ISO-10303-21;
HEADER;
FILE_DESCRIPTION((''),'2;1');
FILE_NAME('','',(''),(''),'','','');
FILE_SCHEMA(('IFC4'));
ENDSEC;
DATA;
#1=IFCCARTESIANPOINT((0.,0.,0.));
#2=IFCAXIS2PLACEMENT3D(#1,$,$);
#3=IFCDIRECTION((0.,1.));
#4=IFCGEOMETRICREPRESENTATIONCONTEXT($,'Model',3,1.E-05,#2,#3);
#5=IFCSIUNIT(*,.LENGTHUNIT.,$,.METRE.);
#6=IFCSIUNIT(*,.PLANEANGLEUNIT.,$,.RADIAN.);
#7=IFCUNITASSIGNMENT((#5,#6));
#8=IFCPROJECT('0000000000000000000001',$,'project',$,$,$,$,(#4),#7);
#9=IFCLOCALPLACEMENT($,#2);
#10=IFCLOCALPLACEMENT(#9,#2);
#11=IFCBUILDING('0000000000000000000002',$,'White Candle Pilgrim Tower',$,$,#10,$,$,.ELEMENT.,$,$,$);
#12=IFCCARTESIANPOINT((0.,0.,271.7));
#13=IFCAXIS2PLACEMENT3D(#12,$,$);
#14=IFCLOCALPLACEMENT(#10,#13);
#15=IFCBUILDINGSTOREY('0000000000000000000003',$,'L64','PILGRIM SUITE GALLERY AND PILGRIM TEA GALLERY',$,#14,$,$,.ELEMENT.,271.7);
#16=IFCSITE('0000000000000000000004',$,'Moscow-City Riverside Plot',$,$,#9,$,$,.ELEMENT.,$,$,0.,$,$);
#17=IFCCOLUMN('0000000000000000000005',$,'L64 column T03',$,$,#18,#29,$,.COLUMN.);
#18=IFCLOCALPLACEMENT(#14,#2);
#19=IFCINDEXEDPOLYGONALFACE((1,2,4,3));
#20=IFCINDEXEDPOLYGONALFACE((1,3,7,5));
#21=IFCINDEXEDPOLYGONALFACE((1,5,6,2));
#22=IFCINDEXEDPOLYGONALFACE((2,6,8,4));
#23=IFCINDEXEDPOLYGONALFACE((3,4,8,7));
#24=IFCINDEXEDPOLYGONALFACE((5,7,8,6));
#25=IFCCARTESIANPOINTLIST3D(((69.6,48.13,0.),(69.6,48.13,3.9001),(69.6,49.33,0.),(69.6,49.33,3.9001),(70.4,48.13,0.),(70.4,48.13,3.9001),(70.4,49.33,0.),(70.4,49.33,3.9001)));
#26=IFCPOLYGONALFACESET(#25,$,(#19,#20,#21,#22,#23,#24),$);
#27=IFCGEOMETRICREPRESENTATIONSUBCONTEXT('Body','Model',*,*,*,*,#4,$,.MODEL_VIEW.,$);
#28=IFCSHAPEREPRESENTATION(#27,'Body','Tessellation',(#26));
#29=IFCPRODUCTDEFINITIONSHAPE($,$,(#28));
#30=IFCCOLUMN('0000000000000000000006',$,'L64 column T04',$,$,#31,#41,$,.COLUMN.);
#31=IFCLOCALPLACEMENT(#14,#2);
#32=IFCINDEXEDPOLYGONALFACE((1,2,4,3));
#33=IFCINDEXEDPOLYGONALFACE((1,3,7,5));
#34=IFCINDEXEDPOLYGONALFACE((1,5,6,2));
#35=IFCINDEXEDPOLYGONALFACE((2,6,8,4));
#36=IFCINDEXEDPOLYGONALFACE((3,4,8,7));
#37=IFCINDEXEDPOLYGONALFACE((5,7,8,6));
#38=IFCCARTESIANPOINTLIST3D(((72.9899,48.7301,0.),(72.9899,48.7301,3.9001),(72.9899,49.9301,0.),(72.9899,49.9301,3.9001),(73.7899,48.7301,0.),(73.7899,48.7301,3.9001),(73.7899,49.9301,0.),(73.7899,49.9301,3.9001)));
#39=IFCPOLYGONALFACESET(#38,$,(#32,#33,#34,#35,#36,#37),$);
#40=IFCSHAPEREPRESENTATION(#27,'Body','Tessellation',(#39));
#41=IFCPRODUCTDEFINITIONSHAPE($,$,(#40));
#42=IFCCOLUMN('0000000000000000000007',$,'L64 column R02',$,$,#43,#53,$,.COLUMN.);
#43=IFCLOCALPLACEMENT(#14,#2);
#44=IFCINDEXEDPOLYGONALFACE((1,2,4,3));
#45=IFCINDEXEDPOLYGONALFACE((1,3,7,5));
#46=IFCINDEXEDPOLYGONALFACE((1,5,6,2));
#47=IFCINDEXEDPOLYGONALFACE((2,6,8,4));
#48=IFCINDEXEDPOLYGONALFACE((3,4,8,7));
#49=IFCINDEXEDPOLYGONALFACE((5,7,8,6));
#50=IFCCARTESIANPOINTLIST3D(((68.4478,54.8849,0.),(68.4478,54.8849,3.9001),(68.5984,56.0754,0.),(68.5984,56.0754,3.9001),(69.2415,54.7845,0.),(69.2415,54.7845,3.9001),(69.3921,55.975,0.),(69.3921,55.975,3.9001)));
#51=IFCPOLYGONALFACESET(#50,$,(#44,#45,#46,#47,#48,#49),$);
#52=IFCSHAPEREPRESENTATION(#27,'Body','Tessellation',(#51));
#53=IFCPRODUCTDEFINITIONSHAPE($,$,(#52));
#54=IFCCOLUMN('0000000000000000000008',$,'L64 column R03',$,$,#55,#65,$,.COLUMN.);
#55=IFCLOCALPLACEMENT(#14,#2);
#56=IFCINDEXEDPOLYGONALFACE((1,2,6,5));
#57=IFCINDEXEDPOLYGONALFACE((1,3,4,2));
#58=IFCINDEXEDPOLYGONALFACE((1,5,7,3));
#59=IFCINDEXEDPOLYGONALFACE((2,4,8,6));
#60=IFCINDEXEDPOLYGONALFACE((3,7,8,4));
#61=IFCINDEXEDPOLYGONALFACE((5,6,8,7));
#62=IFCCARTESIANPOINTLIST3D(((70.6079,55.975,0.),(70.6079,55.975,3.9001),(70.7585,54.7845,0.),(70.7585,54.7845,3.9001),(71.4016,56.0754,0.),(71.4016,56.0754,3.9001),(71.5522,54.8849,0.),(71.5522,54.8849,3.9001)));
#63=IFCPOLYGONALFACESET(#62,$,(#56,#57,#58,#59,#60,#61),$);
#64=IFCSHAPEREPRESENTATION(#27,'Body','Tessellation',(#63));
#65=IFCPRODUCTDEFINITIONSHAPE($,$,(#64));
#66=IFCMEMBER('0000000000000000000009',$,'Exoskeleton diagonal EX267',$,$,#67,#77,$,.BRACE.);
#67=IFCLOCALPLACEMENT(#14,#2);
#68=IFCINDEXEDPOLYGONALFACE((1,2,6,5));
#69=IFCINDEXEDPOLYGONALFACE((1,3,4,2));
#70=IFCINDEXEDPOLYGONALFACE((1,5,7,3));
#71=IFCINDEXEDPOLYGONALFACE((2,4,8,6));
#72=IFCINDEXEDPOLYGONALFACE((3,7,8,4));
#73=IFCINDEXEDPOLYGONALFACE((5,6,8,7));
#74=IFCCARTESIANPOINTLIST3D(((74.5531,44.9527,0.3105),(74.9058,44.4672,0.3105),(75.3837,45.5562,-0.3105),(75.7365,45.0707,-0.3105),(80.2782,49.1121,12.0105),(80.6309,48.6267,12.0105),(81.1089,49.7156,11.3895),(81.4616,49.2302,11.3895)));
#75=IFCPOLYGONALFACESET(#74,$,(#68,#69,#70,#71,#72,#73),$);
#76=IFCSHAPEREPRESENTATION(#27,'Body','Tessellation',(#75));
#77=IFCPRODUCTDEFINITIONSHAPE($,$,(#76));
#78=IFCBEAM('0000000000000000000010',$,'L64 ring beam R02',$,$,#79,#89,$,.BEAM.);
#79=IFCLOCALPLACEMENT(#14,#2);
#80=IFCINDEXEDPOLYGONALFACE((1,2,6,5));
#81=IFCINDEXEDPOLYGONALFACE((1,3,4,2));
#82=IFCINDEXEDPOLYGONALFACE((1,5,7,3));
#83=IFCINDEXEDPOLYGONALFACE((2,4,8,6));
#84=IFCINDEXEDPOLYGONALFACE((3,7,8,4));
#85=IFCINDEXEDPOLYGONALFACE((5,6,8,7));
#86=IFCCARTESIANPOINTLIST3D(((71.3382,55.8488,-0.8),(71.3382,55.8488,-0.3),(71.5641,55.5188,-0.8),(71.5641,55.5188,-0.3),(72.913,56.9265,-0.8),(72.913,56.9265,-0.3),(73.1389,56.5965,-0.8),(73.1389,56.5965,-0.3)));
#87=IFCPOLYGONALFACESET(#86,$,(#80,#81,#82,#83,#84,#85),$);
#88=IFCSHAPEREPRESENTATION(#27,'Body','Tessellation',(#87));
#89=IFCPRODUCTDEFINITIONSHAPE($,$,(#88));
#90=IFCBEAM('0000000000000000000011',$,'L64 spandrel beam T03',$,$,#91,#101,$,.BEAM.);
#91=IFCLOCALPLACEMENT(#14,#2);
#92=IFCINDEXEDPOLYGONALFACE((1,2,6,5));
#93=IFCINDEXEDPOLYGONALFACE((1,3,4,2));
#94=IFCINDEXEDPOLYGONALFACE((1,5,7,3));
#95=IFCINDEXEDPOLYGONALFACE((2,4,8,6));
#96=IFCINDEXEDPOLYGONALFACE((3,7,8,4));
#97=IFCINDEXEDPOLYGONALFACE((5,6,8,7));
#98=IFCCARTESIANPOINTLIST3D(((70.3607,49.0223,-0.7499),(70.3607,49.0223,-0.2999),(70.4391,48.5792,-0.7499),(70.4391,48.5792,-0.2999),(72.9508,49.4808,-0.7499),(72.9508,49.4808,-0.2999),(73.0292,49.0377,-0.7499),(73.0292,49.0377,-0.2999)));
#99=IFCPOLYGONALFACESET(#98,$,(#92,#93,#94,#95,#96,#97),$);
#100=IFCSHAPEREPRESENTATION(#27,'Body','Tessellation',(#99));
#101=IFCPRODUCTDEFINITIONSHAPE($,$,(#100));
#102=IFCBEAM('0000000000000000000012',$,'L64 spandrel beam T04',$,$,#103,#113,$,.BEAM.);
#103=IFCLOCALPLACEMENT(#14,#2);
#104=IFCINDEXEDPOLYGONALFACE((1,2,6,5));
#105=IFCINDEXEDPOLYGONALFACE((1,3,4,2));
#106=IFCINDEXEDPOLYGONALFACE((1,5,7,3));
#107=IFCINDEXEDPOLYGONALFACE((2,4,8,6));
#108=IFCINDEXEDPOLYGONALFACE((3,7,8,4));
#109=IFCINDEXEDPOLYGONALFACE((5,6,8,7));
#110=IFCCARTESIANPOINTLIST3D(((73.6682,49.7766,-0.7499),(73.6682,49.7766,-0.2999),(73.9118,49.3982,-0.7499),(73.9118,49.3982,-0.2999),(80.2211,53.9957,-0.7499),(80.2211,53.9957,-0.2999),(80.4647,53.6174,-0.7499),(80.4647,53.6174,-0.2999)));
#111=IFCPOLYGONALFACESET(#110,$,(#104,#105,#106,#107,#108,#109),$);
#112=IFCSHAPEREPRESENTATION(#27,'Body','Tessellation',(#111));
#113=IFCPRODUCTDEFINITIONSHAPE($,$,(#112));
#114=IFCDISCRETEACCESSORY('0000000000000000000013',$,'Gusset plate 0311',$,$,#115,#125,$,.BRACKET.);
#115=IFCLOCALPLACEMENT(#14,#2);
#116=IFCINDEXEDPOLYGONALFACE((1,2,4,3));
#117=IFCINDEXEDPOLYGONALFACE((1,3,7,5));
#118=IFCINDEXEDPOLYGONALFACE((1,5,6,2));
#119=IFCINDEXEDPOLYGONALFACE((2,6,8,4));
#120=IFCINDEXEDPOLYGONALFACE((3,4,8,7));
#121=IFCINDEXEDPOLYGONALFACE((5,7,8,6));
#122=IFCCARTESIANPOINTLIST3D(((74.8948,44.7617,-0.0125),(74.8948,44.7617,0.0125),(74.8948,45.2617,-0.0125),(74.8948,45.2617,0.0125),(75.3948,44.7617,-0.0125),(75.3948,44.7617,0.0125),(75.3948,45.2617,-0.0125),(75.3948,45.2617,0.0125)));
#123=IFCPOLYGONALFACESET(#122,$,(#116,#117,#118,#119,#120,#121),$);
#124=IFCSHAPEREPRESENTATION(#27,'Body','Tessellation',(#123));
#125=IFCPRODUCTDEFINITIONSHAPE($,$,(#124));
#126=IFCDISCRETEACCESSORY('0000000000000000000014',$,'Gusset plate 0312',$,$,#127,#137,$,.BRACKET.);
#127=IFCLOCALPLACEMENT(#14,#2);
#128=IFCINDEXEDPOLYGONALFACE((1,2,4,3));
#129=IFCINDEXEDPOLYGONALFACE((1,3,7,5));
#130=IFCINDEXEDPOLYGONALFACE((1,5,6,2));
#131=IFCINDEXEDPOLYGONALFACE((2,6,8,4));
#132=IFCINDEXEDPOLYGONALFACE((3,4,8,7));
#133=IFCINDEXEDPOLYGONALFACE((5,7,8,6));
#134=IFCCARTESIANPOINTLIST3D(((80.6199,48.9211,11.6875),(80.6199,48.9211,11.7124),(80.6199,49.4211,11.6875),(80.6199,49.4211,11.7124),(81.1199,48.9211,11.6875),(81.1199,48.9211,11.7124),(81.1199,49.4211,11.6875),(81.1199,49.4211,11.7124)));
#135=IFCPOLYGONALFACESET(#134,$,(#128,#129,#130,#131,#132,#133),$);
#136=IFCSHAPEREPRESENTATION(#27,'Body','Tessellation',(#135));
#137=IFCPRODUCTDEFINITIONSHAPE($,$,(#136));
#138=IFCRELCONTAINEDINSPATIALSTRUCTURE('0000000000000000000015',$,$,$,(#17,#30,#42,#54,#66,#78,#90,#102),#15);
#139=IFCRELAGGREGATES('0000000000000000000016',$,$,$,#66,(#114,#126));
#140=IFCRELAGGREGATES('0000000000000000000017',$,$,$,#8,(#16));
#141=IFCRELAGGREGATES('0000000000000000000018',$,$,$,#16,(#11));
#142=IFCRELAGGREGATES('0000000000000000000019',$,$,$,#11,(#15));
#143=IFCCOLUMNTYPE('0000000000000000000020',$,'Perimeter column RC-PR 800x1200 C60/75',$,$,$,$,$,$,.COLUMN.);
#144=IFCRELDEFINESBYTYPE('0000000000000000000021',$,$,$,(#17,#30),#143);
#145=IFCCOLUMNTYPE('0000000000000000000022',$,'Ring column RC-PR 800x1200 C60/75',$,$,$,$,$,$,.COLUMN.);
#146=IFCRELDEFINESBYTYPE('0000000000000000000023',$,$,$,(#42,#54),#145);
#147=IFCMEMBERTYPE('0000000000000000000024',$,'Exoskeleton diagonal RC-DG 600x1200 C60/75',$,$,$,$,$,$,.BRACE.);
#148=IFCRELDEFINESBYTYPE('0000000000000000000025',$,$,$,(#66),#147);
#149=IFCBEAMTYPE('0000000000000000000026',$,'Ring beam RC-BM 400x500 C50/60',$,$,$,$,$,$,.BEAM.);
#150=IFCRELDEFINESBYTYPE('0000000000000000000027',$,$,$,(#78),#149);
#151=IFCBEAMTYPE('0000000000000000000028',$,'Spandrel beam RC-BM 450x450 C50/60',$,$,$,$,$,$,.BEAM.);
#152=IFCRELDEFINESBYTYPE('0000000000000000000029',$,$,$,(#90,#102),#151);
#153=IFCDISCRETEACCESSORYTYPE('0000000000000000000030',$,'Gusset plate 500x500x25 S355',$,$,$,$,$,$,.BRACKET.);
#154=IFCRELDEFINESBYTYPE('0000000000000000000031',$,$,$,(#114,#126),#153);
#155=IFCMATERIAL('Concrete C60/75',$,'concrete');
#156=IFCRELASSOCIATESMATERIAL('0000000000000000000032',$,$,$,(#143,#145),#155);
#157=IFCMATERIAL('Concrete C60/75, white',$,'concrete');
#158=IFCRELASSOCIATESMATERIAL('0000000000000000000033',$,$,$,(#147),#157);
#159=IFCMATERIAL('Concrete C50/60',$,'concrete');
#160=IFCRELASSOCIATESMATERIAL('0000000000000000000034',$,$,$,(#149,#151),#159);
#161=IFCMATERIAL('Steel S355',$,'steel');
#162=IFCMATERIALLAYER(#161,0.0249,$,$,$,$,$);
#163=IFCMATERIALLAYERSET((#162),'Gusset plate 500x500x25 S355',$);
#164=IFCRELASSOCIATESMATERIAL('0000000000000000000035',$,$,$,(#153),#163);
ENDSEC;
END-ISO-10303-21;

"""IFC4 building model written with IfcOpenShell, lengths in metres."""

from ifc_helpers import new_model, si_unit, direction, frame, origin, origin_2d, place, context, subcontext, project, spatial, rectangle, extrude, material, layer, layer_set, material_profile, profile_set, type_object, element, aggregate, save


model = new_model("IFC4")

# Units and contexts
model_context = context("Model", 3, precision=1e-05, world=origin(), true_north=direction((0.0, 1.0)))
body_context = subcontext(model_context, "Body", "Model", "MODEL_VIEW")
ifc_project = project(units=[si_unit("LENGTHUNIT", "METRE"), si_unit("PLANEANGLEUNIT", "RADIAN")], contexts=[model_context])

# Site, building, storey
site_placement = place(None, origin())
site = spatial("IfcSite", under=ifc_project, at=site_placement, Name="Moscow-City Riverside Plot", CompositionType="ELEMENT", RefElevation=0.0)
building_placement = place(site_placement, origin())
building = spatial("IfcBuilding", under=site, at=building_placement, Name="White Candle Pilgrim Tower", CompositionType="ELEMENT")
storey_placement = place(building_placement, frame((0.0, 0.0, 271.7)))
storey = spatial("IfcBuildingStorey", under=building, at=storey_placement, Name="L64", Description="PILGRIM SUITE GALLERY AND PILGRIM TEA GALLERY", CompositionType="ELEMENT", Elevation=271.7)

# Columns
ifc_material_1 = material(Name="Concrete C60/75", Category="concrete")
ifc_material_profile_1 = material_profile(ifc_material_1, rectangle(XDim=0.8, YDim=1.2, at=origin_2d()), Name="RC-PR 800x1200")
ifc_profile_set_1 = profile_set([ifc_material_profile_1], Name="Concrete C60/75")
column_type_1 = type_object("IfcColumnType", Name="Perimeter column RC-PR 800x1200 C60/75", PredefinedType="COLUMN", material=ifc_profile_set_1)
for number, where, z_axis, x_axis, name in (
    (1, (70.0, 48.73, 0.0), (0.0, 0.0, 1.0), (-1.0, 0.0, 0.0), "L64 column T03"),
    (2, (73.3899, 49.3301, 0.0), (0.0, 0.0, 1.0), (-1.0, 0.0, 0.0), "L64 column T04"),
):
    element("IfcColumn", number, at=place(storey_placement, frame(where, z_axis=z_axis, x_axis=x_axis)), inside=storey, type_object=column_type_1, Name=name, PredefinedType="COLUMN", context=body_context, shape_type="SweptSolid", body=[
        extrude(rectangle(XDim=0.8, YDim=1.2, at=origin_2d()), origin(), (0.0, 0.0, 1.0), 3.9001),
    ])
ifc_material_profile_2 = material_profile(ifc_material_1, rectangle(XDim=0.8, YDim=1.2, at=origin_2d()), Name="RC-PR 800x1200")
ifc_profile_set_2 = profile_set([ifc_material_profile_2], Name="Concrete C60/75")
column_type_2 = type_object("IfcColumnType", Name="Ring column RC-PR 800x1200 C60/75", PredefinedType="COLUMN", material=ifc_profile_set_2)
for number, where, z_axis, x_axis, name in (
    (3, (68.9199, 55.4299, 0.0), (0.0, 0.0, 1.0), (-0.992093, 0.125506, 0.0), "L64 column R02"),
    (4, (71.0801, 55.4299, 0.0), (0.0, 0.0, 1.0), (-0.992093, -0.125506, 0.0), "L64 column R03"),
):
    element("IfcColumn", number, at=place(storey_placement, frame(where, z_axis=z_axis, x_axis=x_axis)), inside=storey, type_object=column_type_2, Name=name, PredefinedType="COLUMN", context=body_context, shape_type="SweptSolid", body=[
        extrude(rectangle(XDim=0.8, YDim=1.2, at=origin_2d()), origin(), (0.0, 0.0, 1.0), 3.9001),
    ])

# Member
ifc_material_2 = material(Name="Concrete C60/75, white", Category="concrete")
ifc_material_profile_3 = material_profile(ifc_material_2, rectangle(XDim=0.6001, YDim=1.2, at=origin_2d()), Name="RC-DG 600x1200")
ifc_profile_set_3 = profile_set([ifc_material_profile_3], Name="Concrete C60/75, white")
member_type = type_object("IfcMemberType", Name="Exoskeleton diagonal RC-DG 600x1200 C60/75", PredefinedType="BRACE", material=ifc_profile_set_3)
member_placement = place(storey_placement, frame((75.1448, 45.0117, 0.0), z_axis=(0.418698, 0.304195, 0.855662), x_axis=(-0.587776, 0.809024, 0.0)))
member = element("IfcMember", 5, at=member_placement, inside=storey, type_object=member_type, Name="Exoskeleton diagonal EX267", PredefinedType="BRACE", context=body_context, shape_type="SweptSolid", body=[
    extrude(rectangle(XDim=0.6001, YDim=1.2, at=origin_2d()), origin(), (0.0, 0.0, 1.0), 13.6736),
])

# Beams
ifc_material_3 = material(Name="Concrete C50/60", Category="concrete")
ifc_material_profile_4 = material_profile(ifc_material_3, rectangle(XDim=0.3999, YDim=0.5, at=origin_2d()), Name="RC-BM 400x500")
ifc_profile_set_4 = profile_set([ifc_material_profile_4], Name="Concrete C50/60")
beam_type_1 = type_object("IfcBeamType", Name="Ring beam RC-BM 400x500 C50/60", PredefinedType="BEAM", material=ifc_profile_set_4)
beam_1_placement = place(storey_placement, frame((71.4512, 55.6838, -0.55), z_axis=(0.825257, 0.564757, 0.0), x_axis=(-0.564757, 0.825257, 0.0)))
element("IfcBeam", 6, at=beam_1_placement, inside=storey, type_object=beam_type_1, Name="L64 ring beam R02", PredefinedType="BEAM", context=body_context, shape_type="SweptSolid", body=[
    extrude(rectangle(XDim=0.3999, YDim=0.5, at=origin_2d()), origin(), (0.0, 0.0, 1.0), 1.9082),
])
ifc_material_profile_5 = material_profile(ifc_material_3, rectangle(XDim=0.45, YDim=0.45, at=origin_2d()), Name="RC-BM 450x450")
ifc_profile_set_5 = profile_set([ifc_material_profile_5], Name="Concrete C50/60")
beam_type_2 = type_object("IfcBeamType", Name="Spandrel beam RC-BM 450x450 C50/60", PredefinedType="BEAM", material=ifc_profile_set_5)
beam_2_placement = place(storey_placement, frame((70.3999, 48.8008, -0.5249), z_axis=(0.984691, 0.17431, 0.0), x_axis=(-0.17431, 0.984691, 0.0)))
element("IfcBeam", 7, at=beam_2_placement, inside=storey, type_object=beam_type_2, Name="L64 spandrel beam T03", PredefinedType="BEAM", context=body_context, shape_type="SweptSolid", body=[
    extrude(rectangle(XDim=0.45, YDim=0.45, at=origin_2d()), origin(), (0.0, 0.0, 1.0), 2.6304),
])
beam_3_placement = place(storey_placement, frame((73.79, 49.5874, -0.5249), z_axis=(0.840793, 0.541357, 0.0), x_axis=(-0.541357, 0.840793, 0.0)))
element("IfcBeam", 8, at=beam_3_placement, inside=storey, type_object=beam_type_2, Name="L64 spandrel beam T04", PredefinedType="BEAM", context=body_context, shape_type="SweptSolid", body=[
    extrude(rectangle(XDim=0.45, YDim=0.45, at=origin_2d()), origin(), (0.0, 0.0, 1.0), 7.7937),
])

# Discrete accessories
ifc_material_4 = material(Name="Steel S355", Category="steel")
ifc_layer_1 = layer(ifc_material_4, 0.0249)
ifc_layer_set_1 = layer_set([ifc_layer_1], Name="Gusset plate 500x500x25 S355")
discrete_accessory_type = type_object("IfcDiscreteAccessoryType", Name="Gusset plate 500x500x25 S355", PredefinedType="BRACKET", material=ifc_layer_set_1)
discrete_accessory_1_placement = place(storey_placement, frame((75.1448, 45.0117, -0.0125), z_axis=(0.0, 0.0, 1.0), x_axis=(1.0, 0.0, 0.0)))
discrete_accessory_1 = element("IfcDiscreteAccessory", 9, at=discrete_accessory_1_placement, type_object=discrete_accessory_type, Name="Gusset plate 0311", PredefinedType="BRACKET", context=body_context, shape_type="SweptSolid", body=[
    extrude(rectangle(XDim=0.5, YDim=0.5, at=origin_2d()), origin(), (0.0, 0.0, 1.0), 0.0249),
])
placement = place(building_placement, frame((0.0, 0.0, 283.3999)))
discrete_accessory_2_placement = place(placement, frame((80.8699, 49.1711, -0.0125), z_axis=(0.0, 0.0, 1.0), x_axis=(1.0, 0.0, 0.0)))
discrete_accessory_2 = element("IfcDiscreteAccessory", 10, at=discrete_accessory_2_placement, type_object=discrete_accessory_type, Name="Gusset plate 0312", PredefinedType="BRACKET", context=body_context, shape_type="SweptSolid", body=[
    extrude(rectangle(XDim=0.5, YDim=0.5, at=origin_2d()), origin(), (0.0, 0.0, 1.0), 0.0249),
])
aggregate(member, [discrete_accessory_1, discrete_accessory_2])

save(model, "model.ifc")
